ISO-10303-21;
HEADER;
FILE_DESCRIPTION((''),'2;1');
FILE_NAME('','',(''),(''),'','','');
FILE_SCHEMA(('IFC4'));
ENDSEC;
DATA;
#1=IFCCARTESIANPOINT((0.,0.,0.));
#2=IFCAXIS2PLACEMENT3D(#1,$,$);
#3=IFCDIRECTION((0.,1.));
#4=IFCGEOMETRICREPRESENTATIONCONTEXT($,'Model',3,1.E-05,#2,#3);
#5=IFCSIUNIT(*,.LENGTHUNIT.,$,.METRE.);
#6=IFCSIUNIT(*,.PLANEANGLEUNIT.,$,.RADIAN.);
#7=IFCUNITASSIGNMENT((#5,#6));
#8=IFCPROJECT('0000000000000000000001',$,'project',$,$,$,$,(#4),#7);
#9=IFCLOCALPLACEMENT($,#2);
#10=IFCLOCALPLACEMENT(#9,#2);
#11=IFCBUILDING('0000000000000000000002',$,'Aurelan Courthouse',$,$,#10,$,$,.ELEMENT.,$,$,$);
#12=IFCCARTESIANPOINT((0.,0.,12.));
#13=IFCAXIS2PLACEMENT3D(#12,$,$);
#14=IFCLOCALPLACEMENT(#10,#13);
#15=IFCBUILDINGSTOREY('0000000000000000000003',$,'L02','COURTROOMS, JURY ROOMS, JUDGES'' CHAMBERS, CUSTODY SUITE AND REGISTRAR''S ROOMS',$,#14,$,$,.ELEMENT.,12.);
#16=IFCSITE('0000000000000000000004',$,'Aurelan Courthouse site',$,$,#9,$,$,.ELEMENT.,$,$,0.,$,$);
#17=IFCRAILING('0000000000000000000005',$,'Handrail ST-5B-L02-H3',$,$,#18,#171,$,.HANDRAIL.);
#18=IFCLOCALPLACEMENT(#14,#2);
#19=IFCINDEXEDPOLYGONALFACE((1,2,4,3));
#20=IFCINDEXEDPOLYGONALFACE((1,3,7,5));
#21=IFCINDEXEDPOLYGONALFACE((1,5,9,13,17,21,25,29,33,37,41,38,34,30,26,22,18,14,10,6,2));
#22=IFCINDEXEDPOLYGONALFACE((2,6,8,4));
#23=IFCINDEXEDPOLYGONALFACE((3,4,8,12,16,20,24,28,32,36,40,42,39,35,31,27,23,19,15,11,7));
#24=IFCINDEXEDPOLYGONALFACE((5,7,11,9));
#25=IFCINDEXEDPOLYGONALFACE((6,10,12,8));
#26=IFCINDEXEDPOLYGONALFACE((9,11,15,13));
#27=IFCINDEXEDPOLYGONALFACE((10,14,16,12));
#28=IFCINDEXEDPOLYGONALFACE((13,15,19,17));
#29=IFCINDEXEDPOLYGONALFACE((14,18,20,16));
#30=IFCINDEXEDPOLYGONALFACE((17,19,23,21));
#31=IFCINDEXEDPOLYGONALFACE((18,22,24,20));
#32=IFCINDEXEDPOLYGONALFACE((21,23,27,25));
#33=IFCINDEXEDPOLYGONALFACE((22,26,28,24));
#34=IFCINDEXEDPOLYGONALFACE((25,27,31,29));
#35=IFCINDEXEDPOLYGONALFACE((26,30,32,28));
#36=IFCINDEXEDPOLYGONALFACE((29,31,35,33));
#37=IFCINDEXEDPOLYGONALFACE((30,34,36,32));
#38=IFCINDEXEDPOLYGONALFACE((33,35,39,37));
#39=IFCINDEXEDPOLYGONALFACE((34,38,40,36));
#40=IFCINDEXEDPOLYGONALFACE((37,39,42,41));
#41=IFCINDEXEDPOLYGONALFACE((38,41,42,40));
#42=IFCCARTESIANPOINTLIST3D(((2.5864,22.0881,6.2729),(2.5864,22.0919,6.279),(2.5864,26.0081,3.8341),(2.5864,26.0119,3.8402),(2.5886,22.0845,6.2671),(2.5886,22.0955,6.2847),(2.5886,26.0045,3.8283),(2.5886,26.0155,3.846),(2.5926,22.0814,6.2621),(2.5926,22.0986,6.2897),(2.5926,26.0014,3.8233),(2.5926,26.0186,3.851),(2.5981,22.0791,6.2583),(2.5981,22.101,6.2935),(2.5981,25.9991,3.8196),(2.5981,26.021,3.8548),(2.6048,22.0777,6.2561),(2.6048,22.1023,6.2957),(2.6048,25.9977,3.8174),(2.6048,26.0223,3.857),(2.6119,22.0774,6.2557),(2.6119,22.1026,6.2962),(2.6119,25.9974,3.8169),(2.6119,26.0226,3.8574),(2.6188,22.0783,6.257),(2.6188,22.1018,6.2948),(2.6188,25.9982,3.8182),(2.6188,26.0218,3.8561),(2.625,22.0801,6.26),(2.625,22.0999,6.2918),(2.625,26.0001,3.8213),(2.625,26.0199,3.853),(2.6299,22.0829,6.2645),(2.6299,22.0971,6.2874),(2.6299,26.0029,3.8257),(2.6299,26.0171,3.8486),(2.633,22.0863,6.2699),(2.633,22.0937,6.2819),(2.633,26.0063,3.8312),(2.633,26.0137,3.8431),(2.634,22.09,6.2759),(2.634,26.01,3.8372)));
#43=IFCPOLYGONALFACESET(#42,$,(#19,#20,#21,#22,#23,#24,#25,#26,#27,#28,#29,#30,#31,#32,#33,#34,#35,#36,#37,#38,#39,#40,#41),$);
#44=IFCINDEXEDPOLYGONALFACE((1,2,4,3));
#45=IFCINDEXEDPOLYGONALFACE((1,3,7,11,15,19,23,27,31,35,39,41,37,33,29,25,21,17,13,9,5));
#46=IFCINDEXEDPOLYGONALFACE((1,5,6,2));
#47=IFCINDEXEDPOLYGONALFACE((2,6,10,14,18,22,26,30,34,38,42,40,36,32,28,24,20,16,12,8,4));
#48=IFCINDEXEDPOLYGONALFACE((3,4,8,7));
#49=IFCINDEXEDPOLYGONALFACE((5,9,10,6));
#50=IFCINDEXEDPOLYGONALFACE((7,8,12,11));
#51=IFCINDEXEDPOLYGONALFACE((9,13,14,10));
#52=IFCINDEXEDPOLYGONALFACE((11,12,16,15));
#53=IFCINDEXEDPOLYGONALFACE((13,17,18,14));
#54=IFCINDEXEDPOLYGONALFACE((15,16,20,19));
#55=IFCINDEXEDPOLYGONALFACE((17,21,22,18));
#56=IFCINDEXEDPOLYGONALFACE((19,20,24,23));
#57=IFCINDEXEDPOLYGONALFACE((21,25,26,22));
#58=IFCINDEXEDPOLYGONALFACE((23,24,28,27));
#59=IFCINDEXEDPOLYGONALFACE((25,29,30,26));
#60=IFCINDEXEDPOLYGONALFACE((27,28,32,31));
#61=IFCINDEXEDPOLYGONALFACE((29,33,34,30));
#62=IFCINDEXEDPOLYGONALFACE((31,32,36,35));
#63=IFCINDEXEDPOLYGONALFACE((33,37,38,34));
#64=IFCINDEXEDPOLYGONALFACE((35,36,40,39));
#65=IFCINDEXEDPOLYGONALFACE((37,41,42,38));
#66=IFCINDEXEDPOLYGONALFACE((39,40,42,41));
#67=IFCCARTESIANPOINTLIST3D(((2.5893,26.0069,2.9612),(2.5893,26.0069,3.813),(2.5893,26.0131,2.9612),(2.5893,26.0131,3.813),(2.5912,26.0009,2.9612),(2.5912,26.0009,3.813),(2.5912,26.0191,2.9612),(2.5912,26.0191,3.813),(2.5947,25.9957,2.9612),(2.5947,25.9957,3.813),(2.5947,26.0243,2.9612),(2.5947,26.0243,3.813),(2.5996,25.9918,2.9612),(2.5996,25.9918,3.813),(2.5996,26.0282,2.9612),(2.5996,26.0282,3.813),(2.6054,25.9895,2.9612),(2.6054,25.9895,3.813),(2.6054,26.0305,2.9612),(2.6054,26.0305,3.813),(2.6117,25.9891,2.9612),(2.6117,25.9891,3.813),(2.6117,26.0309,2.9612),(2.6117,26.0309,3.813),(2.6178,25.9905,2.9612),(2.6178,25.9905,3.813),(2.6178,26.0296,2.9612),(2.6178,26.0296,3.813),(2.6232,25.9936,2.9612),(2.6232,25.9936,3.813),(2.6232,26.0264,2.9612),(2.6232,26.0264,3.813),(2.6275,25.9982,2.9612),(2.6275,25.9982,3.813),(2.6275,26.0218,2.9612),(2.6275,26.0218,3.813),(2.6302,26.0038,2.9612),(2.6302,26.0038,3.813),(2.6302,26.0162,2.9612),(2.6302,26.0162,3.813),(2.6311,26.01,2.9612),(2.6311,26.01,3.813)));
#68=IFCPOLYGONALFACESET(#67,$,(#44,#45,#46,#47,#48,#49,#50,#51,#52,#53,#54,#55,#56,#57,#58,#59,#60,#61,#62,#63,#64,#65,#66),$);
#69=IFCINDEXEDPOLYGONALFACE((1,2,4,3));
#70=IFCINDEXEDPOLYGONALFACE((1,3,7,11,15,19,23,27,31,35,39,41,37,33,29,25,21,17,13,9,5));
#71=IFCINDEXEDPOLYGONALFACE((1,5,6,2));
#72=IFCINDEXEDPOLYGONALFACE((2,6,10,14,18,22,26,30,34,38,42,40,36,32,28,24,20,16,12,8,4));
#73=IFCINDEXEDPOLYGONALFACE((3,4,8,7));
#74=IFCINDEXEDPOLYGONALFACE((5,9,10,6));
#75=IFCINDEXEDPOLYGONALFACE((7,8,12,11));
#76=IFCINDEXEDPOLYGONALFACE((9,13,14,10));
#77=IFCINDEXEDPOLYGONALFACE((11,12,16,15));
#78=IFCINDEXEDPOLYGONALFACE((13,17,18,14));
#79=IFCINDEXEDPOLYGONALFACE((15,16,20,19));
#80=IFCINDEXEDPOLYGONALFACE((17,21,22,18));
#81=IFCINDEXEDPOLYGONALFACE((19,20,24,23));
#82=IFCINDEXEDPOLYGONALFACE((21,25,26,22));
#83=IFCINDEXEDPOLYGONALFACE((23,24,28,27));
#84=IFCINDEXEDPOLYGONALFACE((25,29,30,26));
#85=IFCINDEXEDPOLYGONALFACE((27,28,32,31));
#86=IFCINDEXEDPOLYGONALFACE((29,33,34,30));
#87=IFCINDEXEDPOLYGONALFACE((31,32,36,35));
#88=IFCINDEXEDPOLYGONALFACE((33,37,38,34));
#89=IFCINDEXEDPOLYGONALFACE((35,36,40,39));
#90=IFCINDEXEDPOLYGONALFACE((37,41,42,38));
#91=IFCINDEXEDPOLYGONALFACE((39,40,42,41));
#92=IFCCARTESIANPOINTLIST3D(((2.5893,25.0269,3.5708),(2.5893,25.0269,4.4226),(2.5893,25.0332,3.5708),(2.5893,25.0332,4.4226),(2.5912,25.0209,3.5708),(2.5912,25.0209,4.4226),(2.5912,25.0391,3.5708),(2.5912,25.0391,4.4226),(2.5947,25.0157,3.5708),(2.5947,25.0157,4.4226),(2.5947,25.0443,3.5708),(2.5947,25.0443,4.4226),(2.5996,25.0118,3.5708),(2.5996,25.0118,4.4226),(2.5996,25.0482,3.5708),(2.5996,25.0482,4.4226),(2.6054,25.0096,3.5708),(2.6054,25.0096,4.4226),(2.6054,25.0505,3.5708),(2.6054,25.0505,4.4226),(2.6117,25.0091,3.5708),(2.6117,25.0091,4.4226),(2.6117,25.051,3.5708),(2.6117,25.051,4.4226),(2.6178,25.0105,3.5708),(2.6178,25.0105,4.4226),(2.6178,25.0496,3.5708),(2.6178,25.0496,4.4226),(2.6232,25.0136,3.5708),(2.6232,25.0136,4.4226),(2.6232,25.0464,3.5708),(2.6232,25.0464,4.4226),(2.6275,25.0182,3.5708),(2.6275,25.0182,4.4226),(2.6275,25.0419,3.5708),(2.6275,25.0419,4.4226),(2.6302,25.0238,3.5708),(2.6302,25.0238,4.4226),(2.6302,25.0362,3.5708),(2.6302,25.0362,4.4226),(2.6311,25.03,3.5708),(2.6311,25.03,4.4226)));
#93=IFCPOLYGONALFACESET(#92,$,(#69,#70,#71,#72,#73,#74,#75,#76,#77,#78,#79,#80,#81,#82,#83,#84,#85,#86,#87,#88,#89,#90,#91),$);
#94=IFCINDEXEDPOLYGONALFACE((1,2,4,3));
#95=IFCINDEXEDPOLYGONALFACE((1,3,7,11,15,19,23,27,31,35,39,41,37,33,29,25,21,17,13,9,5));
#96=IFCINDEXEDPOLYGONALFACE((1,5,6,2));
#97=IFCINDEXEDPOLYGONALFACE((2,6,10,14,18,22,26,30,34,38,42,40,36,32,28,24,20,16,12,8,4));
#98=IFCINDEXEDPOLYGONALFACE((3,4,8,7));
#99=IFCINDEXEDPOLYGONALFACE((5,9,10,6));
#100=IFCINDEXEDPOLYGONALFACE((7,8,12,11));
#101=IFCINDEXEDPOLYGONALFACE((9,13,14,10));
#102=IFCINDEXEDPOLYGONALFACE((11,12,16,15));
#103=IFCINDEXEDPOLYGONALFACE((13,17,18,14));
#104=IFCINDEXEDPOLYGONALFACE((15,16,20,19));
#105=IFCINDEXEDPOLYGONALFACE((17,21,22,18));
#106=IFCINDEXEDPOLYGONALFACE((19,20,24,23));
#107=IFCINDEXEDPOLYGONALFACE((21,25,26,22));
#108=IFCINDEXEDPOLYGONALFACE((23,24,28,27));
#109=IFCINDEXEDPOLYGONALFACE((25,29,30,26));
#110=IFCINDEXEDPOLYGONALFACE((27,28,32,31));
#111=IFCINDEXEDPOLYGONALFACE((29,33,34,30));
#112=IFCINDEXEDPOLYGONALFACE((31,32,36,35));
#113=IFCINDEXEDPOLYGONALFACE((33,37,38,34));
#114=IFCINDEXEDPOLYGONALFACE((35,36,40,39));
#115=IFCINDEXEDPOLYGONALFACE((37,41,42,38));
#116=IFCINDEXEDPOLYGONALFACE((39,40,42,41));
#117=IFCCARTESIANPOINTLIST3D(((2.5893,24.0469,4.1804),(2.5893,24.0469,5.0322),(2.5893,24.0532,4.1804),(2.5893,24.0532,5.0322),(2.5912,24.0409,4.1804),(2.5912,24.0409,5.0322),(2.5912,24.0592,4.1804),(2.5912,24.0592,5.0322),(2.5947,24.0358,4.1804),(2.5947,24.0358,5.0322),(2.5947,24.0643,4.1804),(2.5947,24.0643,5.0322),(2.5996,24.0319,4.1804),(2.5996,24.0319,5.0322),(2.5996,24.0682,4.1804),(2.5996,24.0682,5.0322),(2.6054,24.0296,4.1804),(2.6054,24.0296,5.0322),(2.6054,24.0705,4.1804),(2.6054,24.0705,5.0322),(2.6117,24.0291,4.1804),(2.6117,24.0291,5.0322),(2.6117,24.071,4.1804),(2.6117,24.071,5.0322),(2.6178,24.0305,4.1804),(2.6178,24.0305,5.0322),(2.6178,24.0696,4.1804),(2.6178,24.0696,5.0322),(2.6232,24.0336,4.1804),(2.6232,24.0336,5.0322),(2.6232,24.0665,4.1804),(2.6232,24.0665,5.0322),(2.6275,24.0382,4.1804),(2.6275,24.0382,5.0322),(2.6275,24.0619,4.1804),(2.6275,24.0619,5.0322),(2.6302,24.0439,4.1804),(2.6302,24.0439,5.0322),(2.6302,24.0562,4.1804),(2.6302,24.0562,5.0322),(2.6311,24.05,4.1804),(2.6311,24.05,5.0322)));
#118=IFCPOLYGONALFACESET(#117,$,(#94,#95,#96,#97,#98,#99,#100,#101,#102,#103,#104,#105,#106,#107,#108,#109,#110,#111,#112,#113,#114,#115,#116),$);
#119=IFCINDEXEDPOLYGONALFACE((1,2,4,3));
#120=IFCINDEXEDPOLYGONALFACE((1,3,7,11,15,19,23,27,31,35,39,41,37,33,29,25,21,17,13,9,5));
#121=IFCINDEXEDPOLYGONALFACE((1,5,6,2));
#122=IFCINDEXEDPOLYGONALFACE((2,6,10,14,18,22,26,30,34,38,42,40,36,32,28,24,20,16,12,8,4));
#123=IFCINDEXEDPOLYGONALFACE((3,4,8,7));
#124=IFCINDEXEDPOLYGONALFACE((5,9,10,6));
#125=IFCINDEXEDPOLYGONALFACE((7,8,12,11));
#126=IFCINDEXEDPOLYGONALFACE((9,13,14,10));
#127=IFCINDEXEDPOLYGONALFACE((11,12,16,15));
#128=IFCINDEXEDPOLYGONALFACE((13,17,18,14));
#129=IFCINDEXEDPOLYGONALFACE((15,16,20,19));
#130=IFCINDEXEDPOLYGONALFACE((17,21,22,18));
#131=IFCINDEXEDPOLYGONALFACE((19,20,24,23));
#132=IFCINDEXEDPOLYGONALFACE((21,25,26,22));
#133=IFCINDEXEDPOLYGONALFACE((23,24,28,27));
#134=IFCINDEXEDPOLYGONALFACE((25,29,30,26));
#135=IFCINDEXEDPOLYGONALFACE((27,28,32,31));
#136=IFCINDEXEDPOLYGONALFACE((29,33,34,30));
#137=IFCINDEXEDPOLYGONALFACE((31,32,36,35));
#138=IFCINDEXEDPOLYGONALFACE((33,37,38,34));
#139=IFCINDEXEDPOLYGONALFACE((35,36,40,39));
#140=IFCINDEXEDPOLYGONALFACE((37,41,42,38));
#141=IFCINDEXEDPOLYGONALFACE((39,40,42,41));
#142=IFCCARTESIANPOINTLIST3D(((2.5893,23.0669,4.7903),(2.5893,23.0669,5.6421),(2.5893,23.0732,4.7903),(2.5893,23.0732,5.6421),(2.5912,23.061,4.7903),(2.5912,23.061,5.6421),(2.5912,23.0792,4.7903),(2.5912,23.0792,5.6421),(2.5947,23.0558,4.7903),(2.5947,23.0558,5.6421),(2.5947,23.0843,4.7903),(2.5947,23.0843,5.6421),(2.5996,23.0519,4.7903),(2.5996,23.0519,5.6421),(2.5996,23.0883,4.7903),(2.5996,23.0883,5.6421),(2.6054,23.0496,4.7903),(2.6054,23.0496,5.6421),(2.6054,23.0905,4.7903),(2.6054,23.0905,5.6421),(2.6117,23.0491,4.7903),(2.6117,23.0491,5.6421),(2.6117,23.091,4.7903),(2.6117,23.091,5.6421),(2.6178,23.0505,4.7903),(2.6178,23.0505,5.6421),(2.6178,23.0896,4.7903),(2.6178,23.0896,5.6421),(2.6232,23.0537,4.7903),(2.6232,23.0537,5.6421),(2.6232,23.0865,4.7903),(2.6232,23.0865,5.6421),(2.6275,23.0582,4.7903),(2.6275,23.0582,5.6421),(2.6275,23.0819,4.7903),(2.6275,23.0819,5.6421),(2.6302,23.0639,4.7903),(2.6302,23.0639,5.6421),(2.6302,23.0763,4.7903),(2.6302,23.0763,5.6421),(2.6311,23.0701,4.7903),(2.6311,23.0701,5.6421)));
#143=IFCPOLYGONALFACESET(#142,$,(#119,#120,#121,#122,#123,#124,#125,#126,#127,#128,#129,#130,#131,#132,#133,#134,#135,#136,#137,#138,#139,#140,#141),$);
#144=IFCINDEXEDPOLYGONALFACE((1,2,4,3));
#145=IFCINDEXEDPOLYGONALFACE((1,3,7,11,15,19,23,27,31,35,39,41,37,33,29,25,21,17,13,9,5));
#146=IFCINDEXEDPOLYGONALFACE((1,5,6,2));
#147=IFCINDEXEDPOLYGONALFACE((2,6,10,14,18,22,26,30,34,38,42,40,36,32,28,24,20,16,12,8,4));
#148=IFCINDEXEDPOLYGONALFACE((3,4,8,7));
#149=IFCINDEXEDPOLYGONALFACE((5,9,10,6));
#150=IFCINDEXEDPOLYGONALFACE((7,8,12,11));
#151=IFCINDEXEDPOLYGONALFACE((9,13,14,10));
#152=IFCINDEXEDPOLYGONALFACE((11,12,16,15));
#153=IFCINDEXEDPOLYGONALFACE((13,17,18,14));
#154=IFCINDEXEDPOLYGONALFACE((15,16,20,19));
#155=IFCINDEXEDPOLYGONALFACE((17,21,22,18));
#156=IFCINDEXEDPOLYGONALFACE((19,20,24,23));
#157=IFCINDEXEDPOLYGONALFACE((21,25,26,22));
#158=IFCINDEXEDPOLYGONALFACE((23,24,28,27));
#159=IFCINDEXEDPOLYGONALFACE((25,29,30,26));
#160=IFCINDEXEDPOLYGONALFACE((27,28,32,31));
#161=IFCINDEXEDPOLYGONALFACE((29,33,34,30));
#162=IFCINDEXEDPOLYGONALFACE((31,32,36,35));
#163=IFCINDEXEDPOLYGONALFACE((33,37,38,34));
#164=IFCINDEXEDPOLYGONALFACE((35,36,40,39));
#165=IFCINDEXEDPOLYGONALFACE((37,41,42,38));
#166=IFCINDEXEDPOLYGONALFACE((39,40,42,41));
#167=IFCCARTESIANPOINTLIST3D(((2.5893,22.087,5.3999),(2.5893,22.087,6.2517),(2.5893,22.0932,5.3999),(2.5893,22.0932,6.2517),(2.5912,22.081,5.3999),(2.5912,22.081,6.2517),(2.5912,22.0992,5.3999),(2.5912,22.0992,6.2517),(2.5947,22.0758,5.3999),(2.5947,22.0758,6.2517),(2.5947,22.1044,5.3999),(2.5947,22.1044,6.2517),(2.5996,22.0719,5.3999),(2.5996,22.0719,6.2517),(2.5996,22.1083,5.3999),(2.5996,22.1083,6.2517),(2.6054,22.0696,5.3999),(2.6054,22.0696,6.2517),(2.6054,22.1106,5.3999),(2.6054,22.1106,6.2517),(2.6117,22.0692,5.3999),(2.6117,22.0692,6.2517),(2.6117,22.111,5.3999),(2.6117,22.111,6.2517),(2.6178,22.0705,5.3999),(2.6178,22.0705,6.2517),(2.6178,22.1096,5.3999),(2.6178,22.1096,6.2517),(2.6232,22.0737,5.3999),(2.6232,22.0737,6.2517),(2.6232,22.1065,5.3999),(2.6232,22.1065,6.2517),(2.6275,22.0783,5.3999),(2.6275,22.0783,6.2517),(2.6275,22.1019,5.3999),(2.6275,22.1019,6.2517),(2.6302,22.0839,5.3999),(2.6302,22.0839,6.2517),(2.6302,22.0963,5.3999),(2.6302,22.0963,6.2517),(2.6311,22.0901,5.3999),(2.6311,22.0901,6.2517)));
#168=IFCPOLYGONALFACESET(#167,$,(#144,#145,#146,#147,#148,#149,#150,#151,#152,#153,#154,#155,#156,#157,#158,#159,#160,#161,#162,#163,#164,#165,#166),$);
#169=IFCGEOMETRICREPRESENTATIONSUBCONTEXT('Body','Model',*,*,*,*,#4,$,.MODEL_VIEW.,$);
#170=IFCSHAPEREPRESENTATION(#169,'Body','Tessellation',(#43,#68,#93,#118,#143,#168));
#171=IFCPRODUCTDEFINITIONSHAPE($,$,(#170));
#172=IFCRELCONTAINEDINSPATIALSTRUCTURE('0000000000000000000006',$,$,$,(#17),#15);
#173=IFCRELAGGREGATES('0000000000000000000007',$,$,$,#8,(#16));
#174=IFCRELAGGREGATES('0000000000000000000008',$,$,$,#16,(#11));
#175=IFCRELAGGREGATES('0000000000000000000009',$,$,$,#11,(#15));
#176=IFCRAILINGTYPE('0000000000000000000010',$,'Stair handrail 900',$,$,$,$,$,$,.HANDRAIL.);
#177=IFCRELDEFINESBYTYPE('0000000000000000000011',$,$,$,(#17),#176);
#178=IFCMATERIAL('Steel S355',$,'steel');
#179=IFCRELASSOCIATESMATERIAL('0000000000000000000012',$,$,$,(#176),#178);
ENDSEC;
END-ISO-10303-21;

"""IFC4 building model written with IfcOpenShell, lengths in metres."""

from ifc_helpers import new_model, si_unit, direction, frame, origin, origin_2d, place, context, subcontext, project, spatial, circle, extrude, material, type_object, element, save


model = new_model("IFC4")

# Units and contexts
model_context = context("Model", 3, precision=1e-05, world=origin(), true_north=direction((0.0, 1.0)))
body_context = subcontext(model_context, "Body", "Model", "MODEL_VIEW")
ifc_project = project(units=[si_unit("LENGTHUNIT", "METRE"), si_unit("PLANEANGLEUNIT", "RADIAN")], contexts=[model_context])

# Site, building, storey
site_placement = place(None, origin())
site = spatial("IfcSite", under=ifc_project, at=site_placement, Name="Aurelan Courthouse site", CompositionType="ELEMENT", RefElevation=0.0)
building_placement = place(site_placement, origin())
building = spatial("IfcBuilding", under=site, at=building_placement, Name="Aurelan Courthouse", CompositionType="ELEMENT")
storey_placement = place(building_placement, frame((0.0, 0.0, 12.0)))
storey = spatial("IfcBuildingStorey", under=building, at=storey_placement, Name="L02", Description="COURTROOMS, JURY ROOMS, JUDGES' CHAMBERS, CUSTODY SUITE AND REGISTRAR'S ROOMS", CompositionType="ELEMENT", Elevation=12.0)

# Railing
ifc_material_1 = material(Name="Steel S355", Category="steel")
railing_type_1 = type_object("IfcRailingType", Name="Stair handrail 900", PredefinedType="HANDRAIL", material=ifc_material_1)
for number, where, name in (
    (1, (2.6101, 26.01, 2.9612), "Handrail ST-5B-L02-H3"),
):
    element("IfcRailing", number, at=place(storey_placement, frame(where)), inside=storey, type_object=railing_type_1, Name=name, PredefinedType="HANDRAIL", context=body_context, shape_type="SweptSolid", body=[
        extrude(circle(Radius=0.0239, at=origin_2d()), frame((0.0, 0.0, 0.876), z_axis=(0.0, -0.84909, 0.528249), x_axis=(1.0, 0.0, 0.0)), (0.0, 0.0, 1.0), 4.6167),
        extrude(circle(Radius=0.021, at=origin_2d()), origin(), (0.0, 0.0, 1.0), 0.8518),
        extrude(circle(Radius=0.021, at=origin_2d()), frame((0.0, -0.98, 0.6096)), (0.0, 0.0, 1.0), 0.8518),
        extrude(circle(Radius=0.021, at=origin_2d()), frame((0.0, -1.96, 1.2192)), (0.0, 0.0, 1.0), 0.8518),
        extrude(circle(Radius=0.021, at=origin_2d()), frame((0.0, -2.9399, 1.8291)), (0.0, 0.0, 1.0), 0.8518),
        extrude(circle(Radius=0.021, at=origin_2d()), frame((0.0, -3.9199, 2.4387)), (0.0, 0.0, 1.0), 0.8518),
    ])

save(model, "model.ifc")
